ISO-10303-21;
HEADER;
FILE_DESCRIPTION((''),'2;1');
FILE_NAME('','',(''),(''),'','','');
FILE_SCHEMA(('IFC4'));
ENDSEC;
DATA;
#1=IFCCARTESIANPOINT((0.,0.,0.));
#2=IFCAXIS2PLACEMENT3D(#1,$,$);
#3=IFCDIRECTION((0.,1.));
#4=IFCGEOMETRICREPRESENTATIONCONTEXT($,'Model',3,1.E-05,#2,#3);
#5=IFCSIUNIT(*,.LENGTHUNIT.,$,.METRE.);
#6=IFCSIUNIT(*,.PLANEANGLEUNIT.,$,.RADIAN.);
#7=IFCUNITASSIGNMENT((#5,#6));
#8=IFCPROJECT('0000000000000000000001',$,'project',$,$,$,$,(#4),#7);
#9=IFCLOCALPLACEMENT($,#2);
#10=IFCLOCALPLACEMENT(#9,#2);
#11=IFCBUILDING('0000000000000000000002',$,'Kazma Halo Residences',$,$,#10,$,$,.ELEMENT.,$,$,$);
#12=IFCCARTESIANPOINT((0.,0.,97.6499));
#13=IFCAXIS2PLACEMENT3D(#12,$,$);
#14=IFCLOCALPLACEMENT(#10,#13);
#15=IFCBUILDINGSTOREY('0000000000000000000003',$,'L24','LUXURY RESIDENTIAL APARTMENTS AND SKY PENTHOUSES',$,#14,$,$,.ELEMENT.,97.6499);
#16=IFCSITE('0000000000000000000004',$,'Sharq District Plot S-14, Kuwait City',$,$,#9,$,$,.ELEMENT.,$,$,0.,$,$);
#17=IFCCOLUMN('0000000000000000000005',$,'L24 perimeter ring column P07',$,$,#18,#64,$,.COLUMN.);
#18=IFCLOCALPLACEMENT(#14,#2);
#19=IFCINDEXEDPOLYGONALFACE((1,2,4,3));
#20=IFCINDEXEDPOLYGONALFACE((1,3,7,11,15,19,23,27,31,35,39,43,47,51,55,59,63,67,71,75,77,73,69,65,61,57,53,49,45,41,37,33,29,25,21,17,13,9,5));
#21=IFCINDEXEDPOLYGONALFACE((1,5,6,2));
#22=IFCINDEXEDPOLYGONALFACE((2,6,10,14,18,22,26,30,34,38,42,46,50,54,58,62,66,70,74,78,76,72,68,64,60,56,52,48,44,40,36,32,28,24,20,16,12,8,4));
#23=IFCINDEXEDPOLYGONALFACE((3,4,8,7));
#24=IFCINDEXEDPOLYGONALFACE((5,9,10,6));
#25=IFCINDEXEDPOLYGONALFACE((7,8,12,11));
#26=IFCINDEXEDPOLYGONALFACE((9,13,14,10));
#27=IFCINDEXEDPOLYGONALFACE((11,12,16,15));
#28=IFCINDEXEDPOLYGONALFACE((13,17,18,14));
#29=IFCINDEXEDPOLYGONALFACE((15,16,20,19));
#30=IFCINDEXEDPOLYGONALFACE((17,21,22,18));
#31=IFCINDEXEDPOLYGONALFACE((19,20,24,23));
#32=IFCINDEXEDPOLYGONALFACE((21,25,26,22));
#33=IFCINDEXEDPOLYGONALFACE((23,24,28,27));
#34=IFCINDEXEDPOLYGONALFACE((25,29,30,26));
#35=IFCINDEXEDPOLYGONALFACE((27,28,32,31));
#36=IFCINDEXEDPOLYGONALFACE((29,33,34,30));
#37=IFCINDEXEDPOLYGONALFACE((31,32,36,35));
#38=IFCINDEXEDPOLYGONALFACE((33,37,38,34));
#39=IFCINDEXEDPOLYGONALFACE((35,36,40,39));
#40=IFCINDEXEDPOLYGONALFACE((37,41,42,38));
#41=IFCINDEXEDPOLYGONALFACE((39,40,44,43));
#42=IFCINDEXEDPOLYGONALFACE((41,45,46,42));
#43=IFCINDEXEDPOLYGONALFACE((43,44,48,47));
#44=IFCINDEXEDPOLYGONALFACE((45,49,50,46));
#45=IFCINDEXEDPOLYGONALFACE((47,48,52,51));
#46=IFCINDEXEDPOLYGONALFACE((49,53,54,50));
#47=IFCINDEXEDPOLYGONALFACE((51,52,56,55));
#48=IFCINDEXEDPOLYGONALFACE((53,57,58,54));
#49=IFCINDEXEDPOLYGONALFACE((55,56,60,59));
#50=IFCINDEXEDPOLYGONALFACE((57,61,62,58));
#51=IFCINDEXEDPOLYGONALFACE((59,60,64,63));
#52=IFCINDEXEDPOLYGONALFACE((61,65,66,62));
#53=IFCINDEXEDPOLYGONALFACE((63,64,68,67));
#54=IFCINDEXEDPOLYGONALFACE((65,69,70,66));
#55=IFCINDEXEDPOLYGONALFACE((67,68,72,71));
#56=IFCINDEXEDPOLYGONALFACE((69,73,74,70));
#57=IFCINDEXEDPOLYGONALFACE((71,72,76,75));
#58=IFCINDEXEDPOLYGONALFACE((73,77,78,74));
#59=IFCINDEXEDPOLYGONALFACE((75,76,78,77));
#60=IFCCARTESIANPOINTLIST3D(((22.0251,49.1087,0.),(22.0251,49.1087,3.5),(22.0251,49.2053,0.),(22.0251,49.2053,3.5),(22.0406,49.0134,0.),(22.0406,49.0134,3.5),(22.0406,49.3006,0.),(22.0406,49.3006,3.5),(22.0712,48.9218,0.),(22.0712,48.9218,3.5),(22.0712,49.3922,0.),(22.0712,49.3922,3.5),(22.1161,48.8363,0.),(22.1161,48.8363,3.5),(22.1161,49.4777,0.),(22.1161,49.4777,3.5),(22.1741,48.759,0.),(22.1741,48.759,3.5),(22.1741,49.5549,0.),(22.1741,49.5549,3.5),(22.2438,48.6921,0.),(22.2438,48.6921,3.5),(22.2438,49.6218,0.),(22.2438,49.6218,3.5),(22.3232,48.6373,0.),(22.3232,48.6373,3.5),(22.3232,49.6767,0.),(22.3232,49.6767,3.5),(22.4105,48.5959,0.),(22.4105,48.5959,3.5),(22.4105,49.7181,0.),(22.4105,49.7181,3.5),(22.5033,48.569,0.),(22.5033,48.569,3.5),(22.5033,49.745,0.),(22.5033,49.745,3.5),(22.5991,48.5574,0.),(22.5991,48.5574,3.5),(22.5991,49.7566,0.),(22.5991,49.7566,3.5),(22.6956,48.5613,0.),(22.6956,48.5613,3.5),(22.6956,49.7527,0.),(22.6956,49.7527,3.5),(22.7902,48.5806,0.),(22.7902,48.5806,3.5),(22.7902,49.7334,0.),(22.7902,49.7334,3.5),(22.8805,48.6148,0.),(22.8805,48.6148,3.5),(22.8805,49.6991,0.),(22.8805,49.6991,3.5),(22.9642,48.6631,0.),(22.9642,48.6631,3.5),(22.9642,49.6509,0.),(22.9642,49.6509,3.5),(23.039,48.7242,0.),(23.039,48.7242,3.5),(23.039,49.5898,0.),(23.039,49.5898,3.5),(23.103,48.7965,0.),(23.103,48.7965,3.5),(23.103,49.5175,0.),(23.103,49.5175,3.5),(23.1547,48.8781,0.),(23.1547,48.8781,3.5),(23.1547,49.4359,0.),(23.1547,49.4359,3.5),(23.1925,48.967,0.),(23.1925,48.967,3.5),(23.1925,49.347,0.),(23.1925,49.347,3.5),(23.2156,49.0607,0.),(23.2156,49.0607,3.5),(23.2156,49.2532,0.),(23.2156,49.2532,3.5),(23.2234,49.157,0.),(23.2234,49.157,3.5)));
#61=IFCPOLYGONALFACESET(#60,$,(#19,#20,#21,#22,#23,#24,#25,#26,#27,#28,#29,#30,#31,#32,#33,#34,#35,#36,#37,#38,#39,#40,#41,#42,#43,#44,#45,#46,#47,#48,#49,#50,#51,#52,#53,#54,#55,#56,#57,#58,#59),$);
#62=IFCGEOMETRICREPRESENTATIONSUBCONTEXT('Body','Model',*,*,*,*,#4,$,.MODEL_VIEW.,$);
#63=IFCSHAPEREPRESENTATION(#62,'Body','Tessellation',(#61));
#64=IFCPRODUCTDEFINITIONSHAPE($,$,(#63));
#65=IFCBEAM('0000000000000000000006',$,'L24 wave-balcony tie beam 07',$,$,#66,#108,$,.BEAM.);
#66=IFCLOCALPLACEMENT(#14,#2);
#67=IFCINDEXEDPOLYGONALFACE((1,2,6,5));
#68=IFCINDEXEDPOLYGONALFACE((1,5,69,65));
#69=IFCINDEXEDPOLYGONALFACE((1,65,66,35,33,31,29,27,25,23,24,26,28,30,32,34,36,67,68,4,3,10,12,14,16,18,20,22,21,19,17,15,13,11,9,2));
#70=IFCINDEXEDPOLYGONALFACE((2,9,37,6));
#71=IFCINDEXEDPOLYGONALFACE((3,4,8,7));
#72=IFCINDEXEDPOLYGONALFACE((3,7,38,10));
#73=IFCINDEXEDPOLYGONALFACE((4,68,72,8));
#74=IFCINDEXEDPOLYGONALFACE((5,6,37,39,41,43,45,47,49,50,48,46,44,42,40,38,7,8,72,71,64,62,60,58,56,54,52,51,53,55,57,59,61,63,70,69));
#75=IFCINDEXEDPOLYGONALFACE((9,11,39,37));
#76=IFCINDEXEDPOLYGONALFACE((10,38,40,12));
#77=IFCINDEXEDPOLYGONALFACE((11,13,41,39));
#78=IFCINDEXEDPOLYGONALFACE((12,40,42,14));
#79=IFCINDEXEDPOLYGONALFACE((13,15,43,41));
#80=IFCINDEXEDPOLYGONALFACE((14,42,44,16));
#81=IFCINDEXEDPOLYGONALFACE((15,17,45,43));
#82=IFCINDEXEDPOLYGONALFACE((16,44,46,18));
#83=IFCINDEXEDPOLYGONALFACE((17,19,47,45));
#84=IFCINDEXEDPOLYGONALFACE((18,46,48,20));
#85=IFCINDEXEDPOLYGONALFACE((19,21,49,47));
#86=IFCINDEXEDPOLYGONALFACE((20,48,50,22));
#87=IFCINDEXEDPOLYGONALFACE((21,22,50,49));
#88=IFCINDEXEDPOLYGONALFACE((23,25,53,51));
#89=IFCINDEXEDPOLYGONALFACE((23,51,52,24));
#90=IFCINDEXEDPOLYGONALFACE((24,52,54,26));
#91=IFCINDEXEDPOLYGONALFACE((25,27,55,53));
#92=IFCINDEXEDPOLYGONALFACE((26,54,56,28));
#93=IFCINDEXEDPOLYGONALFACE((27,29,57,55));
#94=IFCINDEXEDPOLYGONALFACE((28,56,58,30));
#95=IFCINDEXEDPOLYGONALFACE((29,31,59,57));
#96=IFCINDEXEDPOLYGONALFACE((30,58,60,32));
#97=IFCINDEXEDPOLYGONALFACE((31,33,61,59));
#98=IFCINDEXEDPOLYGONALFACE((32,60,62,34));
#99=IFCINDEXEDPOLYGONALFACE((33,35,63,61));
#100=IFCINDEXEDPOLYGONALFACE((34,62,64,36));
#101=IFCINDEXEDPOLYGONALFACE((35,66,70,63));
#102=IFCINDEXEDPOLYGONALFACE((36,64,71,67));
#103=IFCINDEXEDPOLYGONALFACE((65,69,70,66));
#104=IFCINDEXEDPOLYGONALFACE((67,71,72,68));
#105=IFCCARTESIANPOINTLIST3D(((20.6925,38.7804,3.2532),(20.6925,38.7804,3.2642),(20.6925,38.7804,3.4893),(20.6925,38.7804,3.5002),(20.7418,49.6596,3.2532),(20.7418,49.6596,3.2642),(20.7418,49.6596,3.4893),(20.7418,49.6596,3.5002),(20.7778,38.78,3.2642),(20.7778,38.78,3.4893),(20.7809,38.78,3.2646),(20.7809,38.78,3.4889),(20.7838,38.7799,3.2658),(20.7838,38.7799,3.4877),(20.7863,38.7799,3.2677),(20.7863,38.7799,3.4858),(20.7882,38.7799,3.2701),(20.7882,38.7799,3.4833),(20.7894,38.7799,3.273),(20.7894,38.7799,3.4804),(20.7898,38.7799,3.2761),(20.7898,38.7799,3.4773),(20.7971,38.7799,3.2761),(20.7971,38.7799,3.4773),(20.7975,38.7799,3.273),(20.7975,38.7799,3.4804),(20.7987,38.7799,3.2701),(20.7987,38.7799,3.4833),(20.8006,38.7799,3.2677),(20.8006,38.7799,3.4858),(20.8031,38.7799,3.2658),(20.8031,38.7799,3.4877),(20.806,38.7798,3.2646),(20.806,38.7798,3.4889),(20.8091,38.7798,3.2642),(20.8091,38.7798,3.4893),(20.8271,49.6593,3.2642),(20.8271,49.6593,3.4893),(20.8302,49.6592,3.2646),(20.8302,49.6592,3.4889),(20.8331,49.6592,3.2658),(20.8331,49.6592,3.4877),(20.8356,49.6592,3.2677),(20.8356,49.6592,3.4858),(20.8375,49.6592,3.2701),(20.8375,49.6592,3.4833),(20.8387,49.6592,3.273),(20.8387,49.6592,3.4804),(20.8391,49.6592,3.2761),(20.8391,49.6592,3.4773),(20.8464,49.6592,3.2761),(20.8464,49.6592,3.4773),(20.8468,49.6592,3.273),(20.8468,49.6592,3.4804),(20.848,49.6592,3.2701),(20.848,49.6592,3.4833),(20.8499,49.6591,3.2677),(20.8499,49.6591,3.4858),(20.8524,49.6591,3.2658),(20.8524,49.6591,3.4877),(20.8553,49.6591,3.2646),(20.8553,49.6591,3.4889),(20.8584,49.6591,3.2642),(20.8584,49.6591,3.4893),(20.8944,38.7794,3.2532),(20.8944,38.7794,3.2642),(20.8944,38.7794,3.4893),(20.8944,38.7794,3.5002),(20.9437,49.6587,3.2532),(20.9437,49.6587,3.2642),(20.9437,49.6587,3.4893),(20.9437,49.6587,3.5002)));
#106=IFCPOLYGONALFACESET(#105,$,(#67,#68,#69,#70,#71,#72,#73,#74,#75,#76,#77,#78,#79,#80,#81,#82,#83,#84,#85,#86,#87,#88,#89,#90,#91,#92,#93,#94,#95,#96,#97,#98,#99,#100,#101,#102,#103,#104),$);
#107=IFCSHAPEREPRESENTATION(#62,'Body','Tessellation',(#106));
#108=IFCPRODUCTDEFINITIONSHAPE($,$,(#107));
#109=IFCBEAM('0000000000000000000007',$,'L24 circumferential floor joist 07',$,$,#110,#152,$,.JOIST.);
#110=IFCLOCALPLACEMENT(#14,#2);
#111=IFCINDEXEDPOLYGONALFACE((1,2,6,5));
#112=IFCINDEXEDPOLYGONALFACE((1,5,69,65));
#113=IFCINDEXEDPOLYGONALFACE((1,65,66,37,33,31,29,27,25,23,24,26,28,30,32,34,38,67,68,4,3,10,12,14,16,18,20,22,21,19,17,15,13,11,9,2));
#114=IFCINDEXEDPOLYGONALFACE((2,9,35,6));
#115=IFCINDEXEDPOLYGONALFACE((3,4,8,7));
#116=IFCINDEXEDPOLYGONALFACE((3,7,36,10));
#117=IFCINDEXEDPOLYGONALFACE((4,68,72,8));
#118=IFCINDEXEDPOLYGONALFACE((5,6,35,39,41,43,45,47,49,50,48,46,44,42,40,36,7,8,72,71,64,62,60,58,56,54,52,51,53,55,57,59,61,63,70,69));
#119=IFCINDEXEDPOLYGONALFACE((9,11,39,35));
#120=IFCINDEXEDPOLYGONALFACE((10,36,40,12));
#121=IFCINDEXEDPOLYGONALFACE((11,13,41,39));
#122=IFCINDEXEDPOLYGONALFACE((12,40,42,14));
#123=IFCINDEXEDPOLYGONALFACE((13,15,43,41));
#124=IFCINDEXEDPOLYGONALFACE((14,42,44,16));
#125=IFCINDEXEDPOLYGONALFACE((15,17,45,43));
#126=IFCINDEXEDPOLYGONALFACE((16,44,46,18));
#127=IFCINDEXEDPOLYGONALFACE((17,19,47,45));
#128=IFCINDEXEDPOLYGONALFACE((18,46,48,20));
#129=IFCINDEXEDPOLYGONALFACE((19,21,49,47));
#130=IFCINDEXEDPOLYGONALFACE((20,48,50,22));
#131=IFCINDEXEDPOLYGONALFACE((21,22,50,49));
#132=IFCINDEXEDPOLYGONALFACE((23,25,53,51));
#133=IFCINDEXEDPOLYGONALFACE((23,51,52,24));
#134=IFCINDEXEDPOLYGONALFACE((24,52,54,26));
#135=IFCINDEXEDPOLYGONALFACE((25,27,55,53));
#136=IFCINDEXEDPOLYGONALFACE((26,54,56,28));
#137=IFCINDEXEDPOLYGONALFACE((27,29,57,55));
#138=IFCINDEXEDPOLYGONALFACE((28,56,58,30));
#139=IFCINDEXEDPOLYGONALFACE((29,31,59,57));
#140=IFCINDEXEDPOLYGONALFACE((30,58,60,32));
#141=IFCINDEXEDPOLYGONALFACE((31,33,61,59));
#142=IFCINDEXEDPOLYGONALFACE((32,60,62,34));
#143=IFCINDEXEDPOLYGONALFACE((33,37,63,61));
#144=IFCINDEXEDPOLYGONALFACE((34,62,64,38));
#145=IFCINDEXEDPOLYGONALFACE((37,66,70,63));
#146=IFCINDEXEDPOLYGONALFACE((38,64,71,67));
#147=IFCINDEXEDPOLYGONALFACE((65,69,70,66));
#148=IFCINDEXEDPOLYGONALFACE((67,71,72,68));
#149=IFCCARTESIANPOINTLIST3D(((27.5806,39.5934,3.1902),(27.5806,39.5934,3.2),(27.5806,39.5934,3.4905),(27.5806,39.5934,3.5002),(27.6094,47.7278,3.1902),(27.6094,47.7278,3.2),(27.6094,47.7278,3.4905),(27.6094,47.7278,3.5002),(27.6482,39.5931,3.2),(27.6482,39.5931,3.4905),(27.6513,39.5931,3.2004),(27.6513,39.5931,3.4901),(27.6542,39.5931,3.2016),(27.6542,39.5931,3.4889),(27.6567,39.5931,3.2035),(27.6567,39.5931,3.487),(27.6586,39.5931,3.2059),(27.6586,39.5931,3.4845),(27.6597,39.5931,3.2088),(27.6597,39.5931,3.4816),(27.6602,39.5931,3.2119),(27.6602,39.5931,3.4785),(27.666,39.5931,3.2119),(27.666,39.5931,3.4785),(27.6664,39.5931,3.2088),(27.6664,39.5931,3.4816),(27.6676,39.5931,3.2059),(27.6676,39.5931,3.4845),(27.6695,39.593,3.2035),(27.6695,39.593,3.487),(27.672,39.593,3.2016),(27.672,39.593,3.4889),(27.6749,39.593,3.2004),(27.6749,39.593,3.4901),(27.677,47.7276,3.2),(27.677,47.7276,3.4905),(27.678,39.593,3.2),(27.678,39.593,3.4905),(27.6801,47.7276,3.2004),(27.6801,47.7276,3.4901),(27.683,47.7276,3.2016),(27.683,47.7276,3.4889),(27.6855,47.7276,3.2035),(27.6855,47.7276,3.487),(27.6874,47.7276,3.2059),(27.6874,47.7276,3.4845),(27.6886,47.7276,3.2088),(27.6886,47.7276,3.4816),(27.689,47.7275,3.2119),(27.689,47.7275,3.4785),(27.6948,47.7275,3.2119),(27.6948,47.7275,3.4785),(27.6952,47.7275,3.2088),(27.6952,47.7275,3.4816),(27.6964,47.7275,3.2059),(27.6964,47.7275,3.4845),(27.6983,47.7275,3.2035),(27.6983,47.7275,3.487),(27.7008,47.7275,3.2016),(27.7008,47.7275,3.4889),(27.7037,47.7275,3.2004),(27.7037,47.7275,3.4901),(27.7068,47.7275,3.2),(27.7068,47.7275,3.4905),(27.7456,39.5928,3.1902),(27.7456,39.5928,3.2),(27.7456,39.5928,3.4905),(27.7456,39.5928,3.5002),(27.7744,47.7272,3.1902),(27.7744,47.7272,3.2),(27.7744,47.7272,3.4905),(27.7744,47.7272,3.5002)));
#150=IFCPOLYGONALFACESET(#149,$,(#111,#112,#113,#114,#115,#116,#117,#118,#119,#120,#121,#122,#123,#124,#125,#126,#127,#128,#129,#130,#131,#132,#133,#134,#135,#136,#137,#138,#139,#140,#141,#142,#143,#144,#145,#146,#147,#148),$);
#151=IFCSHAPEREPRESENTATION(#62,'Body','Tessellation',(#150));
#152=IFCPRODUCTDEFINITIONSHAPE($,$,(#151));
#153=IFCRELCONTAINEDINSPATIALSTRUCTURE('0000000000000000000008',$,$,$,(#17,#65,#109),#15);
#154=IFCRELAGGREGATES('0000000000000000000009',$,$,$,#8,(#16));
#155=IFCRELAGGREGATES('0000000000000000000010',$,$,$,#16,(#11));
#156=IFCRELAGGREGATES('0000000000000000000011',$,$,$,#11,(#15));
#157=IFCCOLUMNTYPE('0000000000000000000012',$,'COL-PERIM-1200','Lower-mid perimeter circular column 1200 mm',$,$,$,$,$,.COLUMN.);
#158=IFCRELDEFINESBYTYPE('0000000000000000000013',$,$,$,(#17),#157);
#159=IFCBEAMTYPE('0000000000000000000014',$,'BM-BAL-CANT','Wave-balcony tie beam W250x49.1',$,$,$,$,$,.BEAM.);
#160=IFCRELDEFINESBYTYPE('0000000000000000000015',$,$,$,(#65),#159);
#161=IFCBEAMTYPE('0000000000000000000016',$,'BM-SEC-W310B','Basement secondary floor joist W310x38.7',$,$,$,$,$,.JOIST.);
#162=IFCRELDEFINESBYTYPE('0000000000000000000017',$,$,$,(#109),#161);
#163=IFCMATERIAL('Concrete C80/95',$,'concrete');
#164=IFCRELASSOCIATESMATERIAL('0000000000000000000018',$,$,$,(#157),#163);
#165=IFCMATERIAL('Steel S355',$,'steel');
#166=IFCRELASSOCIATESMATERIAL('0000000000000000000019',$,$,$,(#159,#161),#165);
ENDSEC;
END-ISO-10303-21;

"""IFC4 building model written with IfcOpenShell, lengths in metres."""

from ifc_helpers import new_model, si_unit, direction, frame, origin, origin_2d, place, context, subcontext, project, spatial, circle, i_section, extrude, material, material_profile, profile_set, type_object, element, save


model = new_model("IFC4")

# Units and contexts
model_context = context("Model", 3, precision=1e-05, world=origin(), true_north=direction((0.0, 1.0)))
body_context = subcontext(model_context, "Body", "Model", "MODEL_VIEW")
ifc_project = project(units=[si_unit("LENGTHUNIT", "METRE"), si_unit("PLANEANGLEUNIT", "RADIAN")], contexts=[model_context])

# Site, building, storey
site_placement = place(None, origin())
site = spatial("IfcSite", under=ifc_project, at=site_placement, Name="Sharq District Plot S-14, Kuwait City", CompositionType="ELEMENT", RefElevation=0.0)
building_placement = place(site_placement, origin())
building = spatial("IfcBuilding", under=site, at=building_placement, Name="Kazma Halo Residences", CompositionType="ELEMENT")
storey_placement = place(building_placement, frame((0.0, 0.0, 97.6499)))
storey = spatial("IfcBuildingStorey", under=building, at=storey_placement, Name="L24", Description="LUXURY RESIDENTIAL APARTMENTS AND SKY PENTHOUSES", CompositionType="ELEMENT", Elevation=97.6499)

# Column
ifc_material_1 = material(Name="Concrete C80/95", Category="concrete")
ifc_material_profile_1 = material_profile(ifc_material_1, circle(Radius=0.6001, at=origin_2d()), Name="CIRC1200")
ifc_profile_set_1 = profile_set([ifc_material_profile_1], Name="Concrete C80/95")
column_type = type_object("IfcColumnType", Name="COL-PERIM-1200", Description="Lower-mid perimeter circular column 1200 mm", PredefinedType="COLUMN", material=ifc_profile_set_1)
column_placement = place(storey_placement, frame((22.6233, 49.157, 0.0), z_axis=(0.0, 0.0, 1.0), x_axis=(1.0, 0.0, 0.0)))
element("IfcColumn", 1, at=column_placement, inside=storey, type_object=column_type, Name="L24 perimeter ring column P07", PredefinedType="COLUMN", context=body_context, shape_type="SweptSolid", body=[
    extrude(circle(Radius=0.6001, at=origin_2d()), origin(), (0.0, 0.0, 1.0), 3.5),
])

# Beams
ifc_material_2 = material(Name="Steel S355", Category="steel")
ifc_material_profile_2 = material_profile(ifc_material_2, i_section(OverallWidth=0.2019, OverallDepth=0.2471, WebThickness=0.0073, FlangeThickness=0.011, FilletRadius=0.012, at=origin_2d()), Name="W250x49.1")
ifc_profile_set_2 = profile_set([ifc_material_profile_2], Name="Steel S355")
beam_type_1 = type_object("IfcBeamType", Name="BM-BAL-CANT", Description="Wave-balcony tie beam W250x49.1", PredefinedType="BEAM", material=ifc_profile_set_2)
beam_1_placement = place(storey_placement, frame((20.8428, 49.6592, 3.3767), z_axis=(-0.004533, -0.99999, 0.0), x_axis=(0.99999, -0.004533, 0.0)))
element("IfcBeam", 2, at=beam_1_placement, inside=storey, type_object=beam_type_1, Name="L24 wave-balcony tie beam 07", PredefinedType="BEAM", context=body_context, shape_type="SweptSolid", body=[
    extrude(i_section(OverallWidth=0.2019, OverallDepth=0.2471, WebThickness=0.0073, FlangeThickness=0.011, FilletRadius=0.012, at=origin_2d()), origin(), (0.0, 0.0, 1.0), 10.8794),
])
ifc_material_profile_3 = material_profile(ifc_material_2, i_section(OverallWidth=0.165, OverallDepth=0.3101, WebThickness=0.0059, FlangeThickness=0.0098, FilletRadius=0.012, at=origin_2d()), Name="W310x38.7")
ifc_profile_set_3 = profile_set([ifc_material_profile_3], Name="Steel S355")
beam_type_2 = type_object("IfcBeamType", Name="BM-SEC-W310B", Description="Basement secondary floor joist W310x38.7", PredefinedType="JOIST", material=ifc_profile_set_3)
beam_2_placement = place(storey_placement, frame((27.6919, 47.7275, 3.3452), z_axis=(-0.003542, -0.999994, 0.0), x_axis=(0.999994, -0.003542, 0.0)))
element("IfcBeam", 3, at=beam_2_placement, inside=storey, type_object=beam_type_2, Name="L24 circumferential floor joist 07", PredefinedType="JOIST", context=body_context, shape_type="SweptSolid", body=[
    extrude(i_section(OverallWidth=0.165, OverallDepth=0.3101, WebThickness=0.0059, FlangeThickness=0.0098, FilletRadius=0.012, at=origin_2d()), origin(), (0.0, 0.0, 1.0), 8.1345),
])

save(model, "model.ifc")
